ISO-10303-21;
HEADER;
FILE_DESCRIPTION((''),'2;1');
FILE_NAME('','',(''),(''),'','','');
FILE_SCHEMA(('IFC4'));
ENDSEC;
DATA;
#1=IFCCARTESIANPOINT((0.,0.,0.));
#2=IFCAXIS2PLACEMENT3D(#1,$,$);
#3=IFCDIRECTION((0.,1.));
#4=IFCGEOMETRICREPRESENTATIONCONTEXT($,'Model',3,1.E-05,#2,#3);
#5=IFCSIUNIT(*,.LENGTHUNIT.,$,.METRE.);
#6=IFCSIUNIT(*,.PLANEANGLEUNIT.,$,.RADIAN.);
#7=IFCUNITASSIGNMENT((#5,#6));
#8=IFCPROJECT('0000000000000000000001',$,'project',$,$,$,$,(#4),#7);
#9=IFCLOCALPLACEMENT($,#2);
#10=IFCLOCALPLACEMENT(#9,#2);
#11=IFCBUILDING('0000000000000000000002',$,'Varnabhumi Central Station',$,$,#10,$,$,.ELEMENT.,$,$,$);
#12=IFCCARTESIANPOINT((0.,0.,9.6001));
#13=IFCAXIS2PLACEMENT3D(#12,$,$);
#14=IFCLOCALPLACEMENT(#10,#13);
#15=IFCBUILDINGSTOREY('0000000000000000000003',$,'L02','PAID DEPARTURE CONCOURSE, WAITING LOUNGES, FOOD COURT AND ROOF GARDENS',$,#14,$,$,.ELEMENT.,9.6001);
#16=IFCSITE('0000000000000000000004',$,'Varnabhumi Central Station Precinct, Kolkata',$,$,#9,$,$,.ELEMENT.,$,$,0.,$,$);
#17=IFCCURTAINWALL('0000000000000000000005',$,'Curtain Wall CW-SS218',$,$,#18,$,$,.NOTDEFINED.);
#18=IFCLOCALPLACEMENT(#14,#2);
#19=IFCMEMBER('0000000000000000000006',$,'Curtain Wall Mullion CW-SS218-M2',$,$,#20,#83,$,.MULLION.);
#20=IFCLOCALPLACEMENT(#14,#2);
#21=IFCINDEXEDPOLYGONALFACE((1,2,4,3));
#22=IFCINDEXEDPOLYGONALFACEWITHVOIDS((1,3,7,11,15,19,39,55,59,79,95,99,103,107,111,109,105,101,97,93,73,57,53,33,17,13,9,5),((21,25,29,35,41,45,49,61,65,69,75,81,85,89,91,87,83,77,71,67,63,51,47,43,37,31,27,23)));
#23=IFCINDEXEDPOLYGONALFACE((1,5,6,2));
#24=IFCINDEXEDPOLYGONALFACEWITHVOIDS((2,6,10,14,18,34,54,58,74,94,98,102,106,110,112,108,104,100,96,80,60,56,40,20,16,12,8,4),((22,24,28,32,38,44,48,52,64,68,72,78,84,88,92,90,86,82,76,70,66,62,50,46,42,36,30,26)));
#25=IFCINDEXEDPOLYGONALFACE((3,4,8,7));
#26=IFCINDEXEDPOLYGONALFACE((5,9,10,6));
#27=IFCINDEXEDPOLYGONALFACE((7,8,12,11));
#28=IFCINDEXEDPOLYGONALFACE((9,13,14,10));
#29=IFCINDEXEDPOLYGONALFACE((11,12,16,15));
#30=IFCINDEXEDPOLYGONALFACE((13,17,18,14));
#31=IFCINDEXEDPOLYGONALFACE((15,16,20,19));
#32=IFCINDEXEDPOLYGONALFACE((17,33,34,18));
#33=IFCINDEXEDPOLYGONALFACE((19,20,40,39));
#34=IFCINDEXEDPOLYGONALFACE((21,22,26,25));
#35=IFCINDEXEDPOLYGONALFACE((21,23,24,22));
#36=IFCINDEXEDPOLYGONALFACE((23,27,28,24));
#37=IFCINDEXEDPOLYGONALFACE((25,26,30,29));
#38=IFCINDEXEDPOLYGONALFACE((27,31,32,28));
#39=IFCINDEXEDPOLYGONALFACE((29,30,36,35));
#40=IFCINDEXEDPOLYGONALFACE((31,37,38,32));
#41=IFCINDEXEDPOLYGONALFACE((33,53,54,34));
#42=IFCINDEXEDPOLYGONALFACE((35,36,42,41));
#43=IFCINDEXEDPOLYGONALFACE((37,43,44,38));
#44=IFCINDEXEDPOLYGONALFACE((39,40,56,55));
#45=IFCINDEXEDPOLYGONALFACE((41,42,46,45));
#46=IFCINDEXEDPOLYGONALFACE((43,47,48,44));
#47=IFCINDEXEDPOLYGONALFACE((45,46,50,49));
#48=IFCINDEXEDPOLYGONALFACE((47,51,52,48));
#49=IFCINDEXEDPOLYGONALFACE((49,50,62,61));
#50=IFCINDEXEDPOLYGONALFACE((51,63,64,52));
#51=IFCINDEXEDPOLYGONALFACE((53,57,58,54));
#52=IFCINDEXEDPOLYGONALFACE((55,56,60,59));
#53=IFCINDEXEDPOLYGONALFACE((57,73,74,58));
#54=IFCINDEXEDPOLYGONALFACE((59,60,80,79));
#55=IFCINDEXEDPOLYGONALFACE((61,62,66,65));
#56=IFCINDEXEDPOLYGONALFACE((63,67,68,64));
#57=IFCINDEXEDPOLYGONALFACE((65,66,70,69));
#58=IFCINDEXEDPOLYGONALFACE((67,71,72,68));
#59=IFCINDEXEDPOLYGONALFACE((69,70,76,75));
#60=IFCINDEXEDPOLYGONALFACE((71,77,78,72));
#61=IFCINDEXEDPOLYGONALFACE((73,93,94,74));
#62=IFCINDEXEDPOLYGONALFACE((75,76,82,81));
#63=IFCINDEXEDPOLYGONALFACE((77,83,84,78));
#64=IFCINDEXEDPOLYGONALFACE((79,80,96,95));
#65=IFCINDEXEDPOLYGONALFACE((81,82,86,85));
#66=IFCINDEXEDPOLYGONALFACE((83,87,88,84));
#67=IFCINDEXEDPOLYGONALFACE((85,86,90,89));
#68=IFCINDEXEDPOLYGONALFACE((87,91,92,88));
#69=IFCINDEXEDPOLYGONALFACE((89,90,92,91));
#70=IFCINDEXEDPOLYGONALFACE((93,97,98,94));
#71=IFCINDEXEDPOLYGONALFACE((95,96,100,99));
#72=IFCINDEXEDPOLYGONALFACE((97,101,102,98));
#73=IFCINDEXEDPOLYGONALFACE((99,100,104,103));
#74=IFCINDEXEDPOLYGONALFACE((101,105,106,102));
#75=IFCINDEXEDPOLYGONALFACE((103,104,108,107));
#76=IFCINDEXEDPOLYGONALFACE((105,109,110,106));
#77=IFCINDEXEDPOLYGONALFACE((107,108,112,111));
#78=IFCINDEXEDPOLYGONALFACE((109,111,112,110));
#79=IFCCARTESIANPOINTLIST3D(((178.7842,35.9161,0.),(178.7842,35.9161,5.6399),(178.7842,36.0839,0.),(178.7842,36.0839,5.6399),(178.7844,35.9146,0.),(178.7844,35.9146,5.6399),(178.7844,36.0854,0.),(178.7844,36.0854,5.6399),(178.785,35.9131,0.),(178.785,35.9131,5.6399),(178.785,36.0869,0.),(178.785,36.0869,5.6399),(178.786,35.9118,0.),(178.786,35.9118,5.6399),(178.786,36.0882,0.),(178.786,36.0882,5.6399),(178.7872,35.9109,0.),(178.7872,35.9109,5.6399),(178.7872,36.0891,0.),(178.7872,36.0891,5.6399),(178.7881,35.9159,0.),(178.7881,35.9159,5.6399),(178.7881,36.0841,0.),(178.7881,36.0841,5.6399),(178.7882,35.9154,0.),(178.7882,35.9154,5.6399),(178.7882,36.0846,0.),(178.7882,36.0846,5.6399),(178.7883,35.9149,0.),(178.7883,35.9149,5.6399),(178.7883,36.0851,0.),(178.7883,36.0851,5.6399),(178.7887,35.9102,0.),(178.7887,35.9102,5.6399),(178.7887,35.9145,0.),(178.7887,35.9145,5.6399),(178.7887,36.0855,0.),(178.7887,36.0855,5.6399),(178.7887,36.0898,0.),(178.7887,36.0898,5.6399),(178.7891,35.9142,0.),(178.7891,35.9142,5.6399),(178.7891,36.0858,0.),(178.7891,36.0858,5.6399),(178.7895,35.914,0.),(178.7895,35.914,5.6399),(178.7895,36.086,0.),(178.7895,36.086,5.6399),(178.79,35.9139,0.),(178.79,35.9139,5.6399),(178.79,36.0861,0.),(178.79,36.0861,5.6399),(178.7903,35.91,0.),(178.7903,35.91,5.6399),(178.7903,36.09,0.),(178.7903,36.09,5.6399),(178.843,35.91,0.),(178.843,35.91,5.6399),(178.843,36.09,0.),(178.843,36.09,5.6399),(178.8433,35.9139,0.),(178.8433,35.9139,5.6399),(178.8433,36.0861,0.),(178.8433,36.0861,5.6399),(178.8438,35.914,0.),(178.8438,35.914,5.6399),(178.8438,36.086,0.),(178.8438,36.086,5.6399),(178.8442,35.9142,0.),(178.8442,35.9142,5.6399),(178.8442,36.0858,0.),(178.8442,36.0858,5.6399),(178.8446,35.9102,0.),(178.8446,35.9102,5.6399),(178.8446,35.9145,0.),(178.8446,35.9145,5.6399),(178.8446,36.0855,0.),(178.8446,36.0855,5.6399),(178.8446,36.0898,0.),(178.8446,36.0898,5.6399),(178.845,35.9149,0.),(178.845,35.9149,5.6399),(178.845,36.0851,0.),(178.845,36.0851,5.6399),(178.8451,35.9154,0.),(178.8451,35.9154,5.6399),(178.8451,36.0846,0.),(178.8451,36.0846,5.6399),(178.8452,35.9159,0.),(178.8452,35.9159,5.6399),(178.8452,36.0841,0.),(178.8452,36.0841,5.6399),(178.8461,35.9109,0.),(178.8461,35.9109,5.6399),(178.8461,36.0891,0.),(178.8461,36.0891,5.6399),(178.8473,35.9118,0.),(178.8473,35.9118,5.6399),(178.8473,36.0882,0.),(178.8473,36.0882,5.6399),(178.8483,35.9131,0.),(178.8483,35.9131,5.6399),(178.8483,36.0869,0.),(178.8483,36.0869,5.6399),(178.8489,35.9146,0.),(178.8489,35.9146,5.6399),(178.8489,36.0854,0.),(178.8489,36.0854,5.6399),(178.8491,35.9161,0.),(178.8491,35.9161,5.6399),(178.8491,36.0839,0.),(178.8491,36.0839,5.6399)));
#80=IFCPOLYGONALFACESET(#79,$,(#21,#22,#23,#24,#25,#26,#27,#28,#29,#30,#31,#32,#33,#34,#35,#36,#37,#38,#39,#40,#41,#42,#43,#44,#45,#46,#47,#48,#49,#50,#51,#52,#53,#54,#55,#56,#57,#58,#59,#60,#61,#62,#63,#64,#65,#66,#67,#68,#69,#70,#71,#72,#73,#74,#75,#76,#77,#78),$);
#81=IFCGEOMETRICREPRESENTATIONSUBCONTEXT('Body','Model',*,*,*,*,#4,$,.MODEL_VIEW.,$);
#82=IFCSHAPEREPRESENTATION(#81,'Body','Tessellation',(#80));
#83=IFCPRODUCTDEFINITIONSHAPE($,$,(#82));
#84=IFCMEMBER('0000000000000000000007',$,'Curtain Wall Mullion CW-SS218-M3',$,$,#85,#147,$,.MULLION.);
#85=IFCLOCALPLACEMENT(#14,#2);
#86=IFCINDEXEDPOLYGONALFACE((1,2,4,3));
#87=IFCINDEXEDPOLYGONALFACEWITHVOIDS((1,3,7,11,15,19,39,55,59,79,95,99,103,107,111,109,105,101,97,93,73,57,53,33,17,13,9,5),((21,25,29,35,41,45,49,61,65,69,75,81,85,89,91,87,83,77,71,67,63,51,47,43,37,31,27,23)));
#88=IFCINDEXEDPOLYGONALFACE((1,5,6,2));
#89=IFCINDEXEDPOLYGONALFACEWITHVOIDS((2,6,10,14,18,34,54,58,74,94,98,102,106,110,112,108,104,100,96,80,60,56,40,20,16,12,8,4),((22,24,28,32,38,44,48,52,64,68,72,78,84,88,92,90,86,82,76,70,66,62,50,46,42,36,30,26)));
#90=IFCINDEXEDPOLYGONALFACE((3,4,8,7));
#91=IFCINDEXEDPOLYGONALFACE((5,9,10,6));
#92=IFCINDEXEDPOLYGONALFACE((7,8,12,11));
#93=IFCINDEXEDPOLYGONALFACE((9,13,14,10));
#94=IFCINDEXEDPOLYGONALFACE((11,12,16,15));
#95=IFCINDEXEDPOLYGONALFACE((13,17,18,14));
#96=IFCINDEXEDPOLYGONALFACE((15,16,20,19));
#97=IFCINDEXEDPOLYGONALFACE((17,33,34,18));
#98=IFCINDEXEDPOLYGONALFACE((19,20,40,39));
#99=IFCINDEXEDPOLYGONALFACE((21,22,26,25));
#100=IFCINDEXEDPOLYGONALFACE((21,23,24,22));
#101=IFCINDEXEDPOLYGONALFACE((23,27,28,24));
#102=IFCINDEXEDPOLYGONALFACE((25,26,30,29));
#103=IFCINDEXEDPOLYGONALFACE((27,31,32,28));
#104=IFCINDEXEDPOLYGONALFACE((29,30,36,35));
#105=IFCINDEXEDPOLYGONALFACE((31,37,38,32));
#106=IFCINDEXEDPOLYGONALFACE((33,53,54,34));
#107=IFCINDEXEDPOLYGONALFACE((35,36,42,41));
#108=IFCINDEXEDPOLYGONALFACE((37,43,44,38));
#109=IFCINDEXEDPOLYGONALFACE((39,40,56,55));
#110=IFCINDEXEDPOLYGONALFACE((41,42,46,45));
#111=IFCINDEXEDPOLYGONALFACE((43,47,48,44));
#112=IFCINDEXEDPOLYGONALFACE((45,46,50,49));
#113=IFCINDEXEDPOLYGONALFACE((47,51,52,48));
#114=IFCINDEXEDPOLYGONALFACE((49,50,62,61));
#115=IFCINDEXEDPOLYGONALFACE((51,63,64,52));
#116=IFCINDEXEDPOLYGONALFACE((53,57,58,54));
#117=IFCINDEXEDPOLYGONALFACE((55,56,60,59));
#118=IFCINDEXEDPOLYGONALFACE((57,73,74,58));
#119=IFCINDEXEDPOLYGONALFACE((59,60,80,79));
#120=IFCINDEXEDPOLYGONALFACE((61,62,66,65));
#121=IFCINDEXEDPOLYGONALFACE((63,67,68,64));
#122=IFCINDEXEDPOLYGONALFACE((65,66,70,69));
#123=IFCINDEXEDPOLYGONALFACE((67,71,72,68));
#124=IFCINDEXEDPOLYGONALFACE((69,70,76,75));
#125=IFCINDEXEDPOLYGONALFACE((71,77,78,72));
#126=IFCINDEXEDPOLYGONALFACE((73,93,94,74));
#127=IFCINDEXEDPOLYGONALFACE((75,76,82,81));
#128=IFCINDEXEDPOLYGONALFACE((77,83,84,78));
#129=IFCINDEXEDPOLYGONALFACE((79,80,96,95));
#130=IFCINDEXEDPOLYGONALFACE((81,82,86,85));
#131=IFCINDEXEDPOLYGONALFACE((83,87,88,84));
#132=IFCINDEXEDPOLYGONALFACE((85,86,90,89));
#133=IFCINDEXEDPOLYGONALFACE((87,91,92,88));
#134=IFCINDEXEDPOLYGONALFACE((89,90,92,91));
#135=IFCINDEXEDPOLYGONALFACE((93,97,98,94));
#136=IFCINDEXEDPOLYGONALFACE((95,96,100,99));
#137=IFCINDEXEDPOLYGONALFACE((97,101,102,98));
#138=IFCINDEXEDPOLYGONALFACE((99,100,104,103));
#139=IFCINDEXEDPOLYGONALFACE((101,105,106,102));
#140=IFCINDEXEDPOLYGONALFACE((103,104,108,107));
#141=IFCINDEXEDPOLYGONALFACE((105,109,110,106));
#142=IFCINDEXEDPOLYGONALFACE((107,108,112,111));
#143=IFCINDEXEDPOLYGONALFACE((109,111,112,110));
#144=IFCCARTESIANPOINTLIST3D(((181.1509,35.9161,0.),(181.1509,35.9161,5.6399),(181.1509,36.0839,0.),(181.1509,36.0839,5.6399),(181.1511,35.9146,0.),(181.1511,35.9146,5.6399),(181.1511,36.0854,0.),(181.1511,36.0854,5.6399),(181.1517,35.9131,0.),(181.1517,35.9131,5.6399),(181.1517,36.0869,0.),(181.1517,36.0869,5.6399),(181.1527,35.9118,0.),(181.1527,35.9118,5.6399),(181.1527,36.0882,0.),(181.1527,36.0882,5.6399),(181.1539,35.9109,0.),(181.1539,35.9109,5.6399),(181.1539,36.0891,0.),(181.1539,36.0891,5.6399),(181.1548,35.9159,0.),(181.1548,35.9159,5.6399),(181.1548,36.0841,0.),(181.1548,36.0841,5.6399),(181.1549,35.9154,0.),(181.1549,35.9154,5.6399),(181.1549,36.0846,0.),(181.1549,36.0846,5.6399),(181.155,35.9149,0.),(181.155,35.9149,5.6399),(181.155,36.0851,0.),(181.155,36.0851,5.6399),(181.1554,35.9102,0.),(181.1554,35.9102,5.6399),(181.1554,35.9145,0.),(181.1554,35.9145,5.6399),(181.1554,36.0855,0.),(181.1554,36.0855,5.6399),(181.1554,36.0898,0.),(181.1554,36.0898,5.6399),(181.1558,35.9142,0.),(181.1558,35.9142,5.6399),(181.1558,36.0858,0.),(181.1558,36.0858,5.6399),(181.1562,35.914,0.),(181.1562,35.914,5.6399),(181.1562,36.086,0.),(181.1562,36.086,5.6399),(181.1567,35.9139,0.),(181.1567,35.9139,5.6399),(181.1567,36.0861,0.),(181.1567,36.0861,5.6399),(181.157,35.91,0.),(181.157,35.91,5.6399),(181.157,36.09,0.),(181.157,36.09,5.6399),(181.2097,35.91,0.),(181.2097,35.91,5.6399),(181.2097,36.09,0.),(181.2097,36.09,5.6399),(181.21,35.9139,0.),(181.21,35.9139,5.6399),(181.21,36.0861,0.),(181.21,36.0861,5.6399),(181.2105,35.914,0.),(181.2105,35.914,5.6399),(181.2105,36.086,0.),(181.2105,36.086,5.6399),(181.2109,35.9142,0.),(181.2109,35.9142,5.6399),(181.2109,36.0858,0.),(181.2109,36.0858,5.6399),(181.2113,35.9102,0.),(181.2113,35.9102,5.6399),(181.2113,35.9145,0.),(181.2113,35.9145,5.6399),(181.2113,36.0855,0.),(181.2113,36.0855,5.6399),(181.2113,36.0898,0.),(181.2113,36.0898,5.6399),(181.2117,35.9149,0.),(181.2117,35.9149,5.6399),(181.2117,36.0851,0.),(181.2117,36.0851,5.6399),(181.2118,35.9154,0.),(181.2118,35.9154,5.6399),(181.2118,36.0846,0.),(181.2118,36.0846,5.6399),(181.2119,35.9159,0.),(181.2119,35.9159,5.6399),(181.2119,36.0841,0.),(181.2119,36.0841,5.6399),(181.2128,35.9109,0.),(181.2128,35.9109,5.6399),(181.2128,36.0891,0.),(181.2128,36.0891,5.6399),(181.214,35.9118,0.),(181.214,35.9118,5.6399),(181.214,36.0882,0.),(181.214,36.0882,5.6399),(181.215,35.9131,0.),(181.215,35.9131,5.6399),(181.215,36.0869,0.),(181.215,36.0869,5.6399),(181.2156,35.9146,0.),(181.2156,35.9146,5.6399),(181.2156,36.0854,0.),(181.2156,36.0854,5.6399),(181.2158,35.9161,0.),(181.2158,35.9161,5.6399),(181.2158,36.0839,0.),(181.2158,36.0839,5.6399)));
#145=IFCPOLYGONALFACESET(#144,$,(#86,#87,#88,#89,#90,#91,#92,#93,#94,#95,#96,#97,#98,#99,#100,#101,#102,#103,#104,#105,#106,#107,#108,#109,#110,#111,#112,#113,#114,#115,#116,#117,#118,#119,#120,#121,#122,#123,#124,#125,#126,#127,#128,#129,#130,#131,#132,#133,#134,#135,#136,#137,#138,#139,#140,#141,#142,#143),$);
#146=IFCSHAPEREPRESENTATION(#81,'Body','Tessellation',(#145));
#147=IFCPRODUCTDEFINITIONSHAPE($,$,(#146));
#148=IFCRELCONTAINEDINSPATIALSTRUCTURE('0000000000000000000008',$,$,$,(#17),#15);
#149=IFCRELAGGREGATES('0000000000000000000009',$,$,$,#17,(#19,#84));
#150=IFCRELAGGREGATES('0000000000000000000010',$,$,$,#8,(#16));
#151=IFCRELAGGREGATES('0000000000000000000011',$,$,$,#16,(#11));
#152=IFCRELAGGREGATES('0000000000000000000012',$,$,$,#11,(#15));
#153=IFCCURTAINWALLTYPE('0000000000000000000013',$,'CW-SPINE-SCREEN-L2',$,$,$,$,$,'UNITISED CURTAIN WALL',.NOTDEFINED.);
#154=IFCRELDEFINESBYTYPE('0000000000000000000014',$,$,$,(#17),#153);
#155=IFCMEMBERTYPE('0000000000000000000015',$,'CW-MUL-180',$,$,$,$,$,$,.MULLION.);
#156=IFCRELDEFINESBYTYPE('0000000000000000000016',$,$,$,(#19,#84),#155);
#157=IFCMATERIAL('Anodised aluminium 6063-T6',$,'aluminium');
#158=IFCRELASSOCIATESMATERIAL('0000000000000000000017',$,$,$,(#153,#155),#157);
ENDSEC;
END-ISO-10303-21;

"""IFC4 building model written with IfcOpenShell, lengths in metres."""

from ifc_helpers import new_model, si_unit, direction, frame, origin, origin_2d, place, context, subcontext, project, spatial, hollow_rectangle, extrude, material, material_profile, profile_set, type_object, element, aggregate, save


model = new_model("IFC4")

# Units and contexts
model_context = context("Model", 3, precision=1e-05, world=origin(), true_north=direction((0.0, 1.0)))
body_context = subcontext(model_context, "Body", "Model", "MODEL_VIEW")
ifc_project = project(units=[si_unit("LENGTHUNIT", "METRE"), si_unit("PLANEANGLEUNIT", "RADIAN")], contexts=[model_context])

# Site, building, storey
site_placement = place(None, origin())
site = spatial("IfcSite", under=ifc_project, at=site_placement, Name="Varnabhumi Central Station Precinct, Kolkata", CompositionType="ELEMENT", RefElevation=0.0)
building_placement = place(site_placement, origin())
building = spatial("IfcBuilding", under=site, at=building_placement, Name="Varnabhumi Central Station", CompositionType="ELEMENT")
storey_placement = place(building_placement, frame((0.0, 0.0, 9.6001)))
storey = spatial("IfcBuildingStorey", under=building, at=storey_placement, Name="L02", Description="PAID DEPARTURE CONCOURSE, WAITING LOUNGES, FOOD COURT AND ROOF GARDENS", CompositionType="ELEMENT", Elevation=9.6001)

# Curtain wall, members
ifc_material_1 = material(Name="Anodised aluminium 6063-T6", Category="aluminium")
curtain_wall_type_1 = type_object("IfcCurtainWallType", Name="CW-SPINE-SCREEN-L2", ElementType="UNITISED CURTAIN WALL", PredefinedType="NOTDEFINED", material=ifc_material_1)
curtain_wall_1_placement = place(storey_placement, origin())
curtain_wall_1 = element("IfcCurtainWall", 1, at=curtain_wall_1_placement, inside=storey, type_object=curtain_wall_type_1, Name="Curtain Wall CW-SS218", PredefinedType="NOTDEFINED")
ifc_material_profile_1 = material_profile(ifc_material_1, hollow_rectangle(XDim=0.0649, YDim=0.1799, WallThickness=0.0039, InnerFilletRadius=0.002, OuterFilletRadius=0.0061, at=origin_2d()), Name="Anodised aluminium 6063-T6", Category="aluminium")
ifc_profile_set_1 = profile_set([ifc_material_profile_1], Name="Anodised aluminium 6063-T6")
member_type_1 = type_object("IfcMemberType", Name="CW-MUL-180", PredefinedType="MULLION", material=ifc_profile_set_1)
member_1_placement = place(storey_placement, frame((178.8167, 36.0, 0.0), z_axis=(0.0, 0.0, 1.0), x_axis=(1.0, 0.0, 0.0)))
member_1 = element("IfcMember", 2, at=member_1_placement, type_object=member_type_1, Name="Curtain Wall Mullion CW-SS218-M2", PredefinedType="MULLION", context=body_context, shape_type="SweptSolid", body=[
    extrude(hollow_rectangle(XDim=0.0649, YDim=0.1799, WallThickness=0.0039, InnerFilletRadius=0.002, OuterFilletRadius=0.0061, at=origin_2d()), origin(), (0.0, 0.0, 1.0), 5.6399),
])
member_2_placement = place(storey_placement, frame((181.1833, 36.0, 0.0), z_axis=(0.0, 0.0, 1.0), x_axis=(1.0, 0.0, 0.0)))
member_2 = element("IfcMember", 3, at=member_2_placement, type_object=member_type_1, Name="Curtain Wall Mullion CW-SS218-M3", PredefinedType="MULLION", context=body_context, shape_type="SweptSolid", body=[
    extrude(hollow_rectangle(XDim=0.0649, YDim=0.1799, WallThickness=0.0039, InnerFilletRadius=0.002, OuterFilletRadius=0.0061, at=origin_2d()), origin(), (0.0, 0.0, 1.0), 5.6399),
])

aggregate(curtain_wall_1, [member_1, member_2])

save(model, "model.ifc")
